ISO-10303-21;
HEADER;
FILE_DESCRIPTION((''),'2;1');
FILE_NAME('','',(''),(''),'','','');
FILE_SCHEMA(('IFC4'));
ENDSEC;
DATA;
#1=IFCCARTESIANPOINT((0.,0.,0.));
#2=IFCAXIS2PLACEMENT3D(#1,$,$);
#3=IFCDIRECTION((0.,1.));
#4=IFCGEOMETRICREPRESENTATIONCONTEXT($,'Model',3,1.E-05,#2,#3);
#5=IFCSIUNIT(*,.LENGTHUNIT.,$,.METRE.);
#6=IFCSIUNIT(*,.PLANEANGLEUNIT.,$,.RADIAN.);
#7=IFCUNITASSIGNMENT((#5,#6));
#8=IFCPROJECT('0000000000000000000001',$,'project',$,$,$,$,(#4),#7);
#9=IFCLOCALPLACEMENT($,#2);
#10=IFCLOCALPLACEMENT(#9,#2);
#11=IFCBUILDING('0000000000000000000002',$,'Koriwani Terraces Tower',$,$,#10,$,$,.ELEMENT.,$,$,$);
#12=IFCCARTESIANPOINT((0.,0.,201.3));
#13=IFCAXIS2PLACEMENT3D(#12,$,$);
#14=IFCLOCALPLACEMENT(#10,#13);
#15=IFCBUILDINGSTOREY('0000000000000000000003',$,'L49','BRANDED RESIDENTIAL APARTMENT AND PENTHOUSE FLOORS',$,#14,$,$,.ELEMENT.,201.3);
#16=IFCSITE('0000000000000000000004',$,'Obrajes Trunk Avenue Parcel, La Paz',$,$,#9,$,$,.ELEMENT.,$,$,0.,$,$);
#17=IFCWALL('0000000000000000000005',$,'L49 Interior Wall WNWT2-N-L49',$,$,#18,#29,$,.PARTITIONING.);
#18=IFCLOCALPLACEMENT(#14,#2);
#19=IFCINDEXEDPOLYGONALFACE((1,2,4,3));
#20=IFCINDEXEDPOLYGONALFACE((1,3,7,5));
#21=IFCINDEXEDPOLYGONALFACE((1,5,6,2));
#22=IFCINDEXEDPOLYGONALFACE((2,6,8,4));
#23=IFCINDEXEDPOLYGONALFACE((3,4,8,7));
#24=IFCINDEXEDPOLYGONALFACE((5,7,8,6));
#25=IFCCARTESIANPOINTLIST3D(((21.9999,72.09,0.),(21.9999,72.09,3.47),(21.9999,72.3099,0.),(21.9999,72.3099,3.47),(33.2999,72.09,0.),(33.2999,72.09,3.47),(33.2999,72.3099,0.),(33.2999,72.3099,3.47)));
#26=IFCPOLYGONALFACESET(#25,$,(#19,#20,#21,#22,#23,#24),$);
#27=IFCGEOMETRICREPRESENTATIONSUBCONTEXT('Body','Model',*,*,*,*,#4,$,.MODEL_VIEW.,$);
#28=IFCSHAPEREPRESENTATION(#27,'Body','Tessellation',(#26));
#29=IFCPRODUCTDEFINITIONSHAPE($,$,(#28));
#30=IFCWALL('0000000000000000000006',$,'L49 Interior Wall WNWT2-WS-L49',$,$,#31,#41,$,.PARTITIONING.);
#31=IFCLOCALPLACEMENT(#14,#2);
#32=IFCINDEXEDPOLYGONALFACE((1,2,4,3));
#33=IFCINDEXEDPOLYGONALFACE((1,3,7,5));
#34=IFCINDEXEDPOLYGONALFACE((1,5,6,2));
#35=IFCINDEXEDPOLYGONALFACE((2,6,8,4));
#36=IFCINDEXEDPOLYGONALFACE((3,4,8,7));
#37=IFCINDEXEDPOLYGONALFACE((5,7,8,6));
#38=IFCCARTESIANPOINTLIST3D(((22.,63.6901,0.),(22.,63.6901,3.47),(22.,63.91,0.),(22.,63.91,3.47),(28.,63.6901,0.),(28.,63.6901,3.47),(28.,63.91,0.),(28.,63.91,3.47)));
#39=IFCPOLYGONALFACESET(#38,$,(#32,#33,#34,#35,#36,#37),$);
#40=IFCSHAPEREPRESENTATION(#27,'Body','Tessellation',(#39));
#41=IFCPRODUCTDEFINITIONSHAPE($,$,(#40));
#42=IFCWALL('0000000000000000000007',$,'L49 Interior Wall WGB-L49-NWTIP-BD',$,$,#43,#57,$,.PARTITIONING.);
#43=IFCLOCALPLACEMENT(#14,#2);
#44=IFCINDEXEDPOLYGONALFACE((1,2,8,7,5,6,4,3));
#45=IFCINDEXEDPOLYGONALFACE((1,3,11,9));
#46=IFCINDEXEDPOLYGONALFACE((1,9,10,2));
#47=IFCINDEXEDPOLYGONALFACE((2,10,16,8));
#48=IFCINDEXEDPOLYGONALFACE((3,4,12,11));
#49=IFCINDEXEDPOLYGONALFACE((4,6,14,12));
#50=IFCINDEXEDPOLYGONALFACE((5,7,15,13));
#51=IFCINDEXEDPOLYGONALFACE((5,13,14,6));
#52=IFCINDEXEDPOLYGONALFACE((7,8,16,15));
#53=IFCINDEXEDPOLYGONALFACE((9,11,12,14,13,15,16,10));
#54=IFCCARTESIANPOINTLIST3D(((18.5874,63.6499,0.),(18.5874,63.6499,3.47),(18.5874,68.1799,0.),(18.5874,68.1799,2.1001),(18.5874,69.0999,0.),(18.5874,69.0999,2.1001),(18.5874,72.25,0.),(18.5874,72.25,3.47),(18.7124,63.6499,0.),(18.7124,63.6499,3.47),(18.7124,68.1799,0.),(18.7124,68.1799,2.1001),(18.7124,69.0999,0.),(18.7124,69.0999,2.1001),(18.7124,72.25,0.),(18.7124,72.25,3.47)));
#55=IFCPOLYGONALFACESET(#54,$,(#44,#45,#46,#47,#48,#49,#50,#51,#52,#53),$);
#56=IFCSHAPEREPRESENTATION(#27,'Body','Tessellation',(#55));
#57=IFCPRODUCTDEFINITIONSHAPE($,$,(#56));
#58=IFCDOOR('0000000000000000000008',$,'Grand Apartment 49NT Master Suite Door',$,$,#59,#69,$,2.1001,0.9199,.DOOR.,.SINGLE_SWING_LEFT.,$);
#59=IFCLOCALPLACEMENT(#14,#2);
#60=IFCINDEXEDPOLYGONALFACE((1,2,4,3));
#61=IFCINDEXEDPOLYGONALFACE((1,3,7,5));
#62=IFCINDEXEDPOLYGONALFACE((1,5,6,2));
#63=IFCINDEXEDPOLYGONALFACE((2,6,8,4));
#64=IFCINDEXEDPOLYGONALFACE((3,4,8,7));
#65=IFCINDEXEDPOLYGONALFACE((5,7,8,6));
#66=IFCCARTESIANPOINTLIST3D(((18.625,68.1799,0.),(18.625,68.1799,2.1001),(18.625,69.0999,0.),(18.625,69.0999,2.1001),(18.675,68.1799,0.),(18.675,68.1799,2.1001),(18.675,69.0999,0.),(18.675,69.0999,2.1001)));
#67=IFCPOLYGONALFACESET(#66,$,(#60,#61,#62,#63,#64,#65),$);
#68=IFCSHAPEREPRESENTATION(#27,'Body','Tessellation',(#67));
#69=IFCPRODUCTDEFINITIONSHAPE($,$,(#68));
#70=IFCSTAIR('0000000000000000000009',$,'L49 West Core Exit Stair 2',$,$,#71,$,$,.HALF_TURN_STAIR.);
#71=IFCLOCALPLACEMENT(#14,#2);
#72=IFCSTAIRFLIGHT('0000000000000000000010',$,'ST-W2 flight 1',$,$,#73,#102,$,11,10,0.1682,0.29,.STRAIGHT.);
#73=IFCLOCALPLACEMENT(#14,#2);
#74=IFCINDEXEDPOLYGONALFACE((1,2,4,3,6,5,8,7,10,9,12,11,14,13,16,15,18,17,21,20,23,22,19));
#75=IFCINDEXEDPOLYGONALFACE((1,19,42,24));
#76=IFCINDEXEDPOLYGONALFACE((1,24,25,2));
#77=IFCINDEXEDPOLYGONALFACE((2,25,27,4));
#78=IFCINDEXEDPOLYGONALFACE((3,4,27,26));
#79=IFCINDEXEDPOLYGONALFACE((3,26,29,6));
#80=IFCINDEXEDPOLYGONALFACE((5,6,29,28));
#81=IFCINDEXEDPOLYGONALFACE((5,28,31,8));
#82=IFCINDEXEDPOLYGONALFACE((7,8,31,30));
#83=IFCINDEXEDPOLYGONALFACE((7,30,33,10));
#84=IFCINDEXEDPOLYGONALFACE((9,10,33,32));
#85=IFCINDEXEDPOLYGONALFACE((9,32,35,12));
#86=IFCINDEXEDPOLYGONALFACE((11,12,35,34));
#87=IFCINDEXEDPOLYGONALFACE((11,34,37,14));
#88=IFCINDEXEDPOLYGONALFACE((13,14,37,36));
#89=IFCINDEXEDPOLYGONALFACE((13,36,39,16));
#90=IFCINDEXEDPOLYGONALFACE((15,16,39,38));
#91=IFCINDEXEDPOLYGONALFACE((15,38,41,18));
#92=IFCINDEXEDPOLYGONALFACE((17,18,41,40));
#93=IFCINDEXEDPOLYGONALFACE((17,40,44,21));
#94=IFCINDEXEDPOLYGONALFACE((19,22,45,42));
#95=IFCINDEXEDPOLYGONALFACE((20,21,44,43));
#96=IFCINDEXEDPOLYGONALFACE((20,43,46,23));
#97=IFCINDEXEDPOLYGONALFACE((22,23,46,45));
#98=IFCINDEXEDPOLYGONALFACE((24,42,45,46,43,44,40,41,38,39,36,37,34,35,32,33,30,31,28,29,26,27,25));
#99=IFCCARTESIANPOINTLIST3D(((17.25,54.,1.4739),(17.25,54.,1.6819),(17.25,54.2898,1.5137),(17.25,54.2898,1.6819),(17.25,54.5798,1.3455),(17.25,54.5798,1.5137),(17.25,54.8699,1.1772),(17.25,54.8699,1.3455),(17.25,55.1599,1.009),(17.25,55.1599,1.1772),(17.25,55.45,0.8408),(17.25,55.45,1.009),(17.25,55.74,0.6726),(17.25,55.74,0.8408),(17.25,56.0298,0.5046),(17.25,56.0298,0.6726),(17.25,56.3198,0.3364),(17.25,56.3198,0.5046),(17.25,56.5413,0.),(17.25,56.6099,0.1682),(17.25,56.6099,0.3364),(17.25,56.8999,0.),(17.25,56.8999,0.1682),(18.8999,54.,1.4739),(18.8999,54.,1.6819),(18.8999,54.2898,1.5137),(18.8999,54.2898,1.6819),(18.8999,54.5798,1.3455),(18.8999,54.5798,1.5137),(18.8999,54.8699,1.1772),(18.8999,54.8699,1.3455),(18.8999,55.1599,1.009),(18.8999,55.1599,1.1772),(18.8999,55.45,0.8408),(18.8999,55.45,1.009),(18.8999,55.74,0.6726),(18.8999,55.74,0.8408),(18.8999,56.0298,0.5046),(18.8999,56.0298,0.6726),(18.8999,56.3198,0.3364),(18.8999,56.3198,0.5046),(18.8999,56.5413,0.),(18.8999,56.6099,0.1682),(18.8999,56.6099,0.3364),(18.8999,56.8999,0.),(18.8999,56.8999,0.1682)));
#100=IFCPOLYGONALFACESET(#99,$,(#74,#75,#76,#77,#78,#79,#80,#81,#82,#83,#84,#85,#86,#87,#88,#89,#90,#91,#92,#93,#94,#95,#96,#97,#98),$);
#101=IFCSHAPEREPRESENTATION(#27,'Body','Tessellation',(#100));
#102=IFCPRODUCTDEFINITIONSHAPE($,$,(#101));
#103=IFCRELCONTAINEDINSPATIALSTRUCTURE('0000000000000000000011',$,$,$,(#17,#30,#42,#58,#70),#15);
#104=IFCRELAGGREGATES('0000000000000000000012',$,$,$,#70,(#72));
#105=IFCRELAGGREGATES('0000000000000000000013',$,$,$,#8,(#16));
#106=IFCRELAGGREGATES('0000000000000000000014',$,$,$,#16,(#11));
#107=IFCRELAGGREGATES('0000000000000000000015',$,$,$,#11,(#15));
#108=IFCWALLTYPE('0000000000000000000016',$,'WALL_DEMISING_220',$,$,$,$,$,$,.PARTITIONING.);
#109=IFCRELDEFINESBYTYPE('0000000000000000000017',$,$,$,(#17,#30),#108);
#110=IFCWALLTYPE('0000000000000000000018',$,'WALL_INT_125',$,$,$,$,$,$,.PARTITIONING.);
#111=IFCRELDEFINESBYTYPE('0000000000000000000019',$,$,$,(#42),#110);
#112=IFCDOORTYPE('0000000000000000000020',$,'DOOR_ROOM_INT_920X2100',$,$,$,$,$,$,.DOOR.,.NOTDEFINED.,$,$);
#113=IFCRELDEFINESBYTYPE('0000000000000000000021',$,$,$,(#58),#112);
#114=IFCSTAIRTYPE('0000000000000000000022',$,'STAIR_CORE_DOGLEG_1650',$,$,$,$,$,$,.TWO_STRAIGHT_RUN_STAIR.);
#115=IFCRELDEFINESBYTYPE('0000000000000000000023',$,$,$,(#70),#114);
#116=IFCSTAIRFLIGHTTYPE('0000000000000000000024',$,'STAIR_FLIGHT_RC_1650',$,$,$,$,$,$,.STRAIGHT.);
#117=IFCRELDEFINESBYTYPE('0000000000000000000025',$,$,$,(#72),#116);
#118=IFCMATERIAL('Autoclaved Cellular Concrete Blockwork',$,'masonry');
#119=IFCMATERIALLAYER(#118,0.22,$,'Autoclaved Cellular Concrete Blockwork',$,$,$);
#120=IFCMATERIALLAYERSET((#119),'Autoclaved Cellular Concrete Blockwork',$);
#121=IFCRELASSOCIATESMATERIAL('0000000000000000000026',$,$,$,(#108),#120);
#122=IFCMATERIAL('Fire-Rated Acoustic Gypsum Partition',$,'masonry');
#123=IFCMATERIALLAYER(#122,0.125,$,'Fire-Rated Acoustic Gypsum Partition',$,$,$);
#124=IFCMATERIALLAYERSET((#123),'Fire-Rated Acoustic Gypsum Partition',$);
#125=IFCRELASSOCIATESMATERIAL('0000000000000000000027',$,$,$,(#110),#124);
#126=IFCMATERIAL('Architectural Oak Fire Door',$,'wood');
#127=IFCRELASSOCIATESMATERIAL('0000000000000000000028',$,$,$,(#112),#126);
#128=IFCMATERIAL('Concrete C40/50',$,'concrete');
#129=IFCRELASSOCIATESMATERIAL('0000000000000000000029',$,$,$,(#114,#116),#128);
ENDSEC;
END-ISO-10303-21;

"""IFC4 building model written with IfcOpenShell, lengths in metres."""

from ifc_helpers import new_model, si_unit, direction, frame, frame_2d, origin, place, context, subcontext, project, spatial, polyline, rectangle, outline, extrude, material, layer, layer_set, type_object, element, fill, aggregate, save


model = new_model("IFC4")

# Units and contexts
model_context = context("Model", 3, precision=1e-05, world=origin(), true_north=direction((0.0, 1.0)))
body_context = subcontext(model_context, "Body", "Model", "MODEL_VIEW")
ifc_project = project(units=[si_unit("LENGTHUNIT", "METRE"), si_unit("PLANEANGLEUNIT", "RADIAN")], contexts=[model_context])

# Site, building, storey
site_placement = place(None, origin())
site = spatial("IfcSite", under=ifc_project, at=site_placement, Name="Obrajes Trunk Avenue Parcel, La Paz", CompositionType="ELEMENT", RefElevation=0.0)
building_placement = place(site_placement, origin())
building = spatial("IfcBuilding", under=site, at=building_placement, Name="Koriwani Terraces Tower", CompositionType="ELEMENT")
storey_placement = place(building_placement, frame((0.0, 0.0, 201.3)))
storey = spatial("IfcBuildingStorey", under=building, at=storey_placement, Name="L49", Description="BRANDED RESIDENTIAL APARTMENT AND PENTHOUSE FLOORS", CompositionType="ELEMENT", Elevation=201.3)

# Shared definitions
ifc_material_1 = material(Name="Concrete C40/50", Category="concrete")

# Walls
ifc_material_2 = material(Name="Autoclaved Cellular Concrete Blockwork", Category="masonry")
ifc_layer_1 = layer(ifc_material_2, 0.22, Name="Autoclaved Cellular Concrete Blockwork")
ifc_layer_set_1 = layer_set([ifc_layer_1], Name="Autoclaved Cellular Concrete Blockwork")
wall_type_1 = type_object("IfcWallType", Name="WALL_DEMISING_220", PredefinedType="PARTITIONING", material=ifc_layer_set_1)
wall_1_placement = place(storey_placement, frame((22.0, 72.2, 0.0), z_axis=(0.0, 0.0, 1.0), x_axis=(1.0, 0.0, 0.0)))
element("IfcWall", 1, at=wall_1_placement, inside=storey, type_object=wall_type_1, Name="L49 Interior Wall WNWT2-N-L49", PredefinedType="PARTITIONING", context=body_context, shape_type="SweptSolid", body=[
    extrude(rectangle(XDim=11.3, YDim=0.22, at=frame_2d((5.6499, 0.0))), origin(), (0.0, 0.0, 1.0), 3.47),
])
wall_2_placement = place(storey_placement, frame((22.0, 63.8, 0.0), z_axis=(0.0, 0.0, 1.0), x_axis=(1.0, 0.0, 0.0)))
element("IfcWall", 2, at=wall_2_placement, inside=storey, type_object=wall_type_1, Name="L49 Interior Wall WNWT2-WS-L49", PredefinedType="PARTITIONING", context=body_context, shape_type="SweptSolid", body=[
    extrude(rectangle(XDim=6.0, YDim=0.22, at=frame_2d((3.0, 0.0))), origin(), (0.0, 0.0, 1.0), 3.47),
])

# Wall, opening, door
ifc_material_3 = material(Name="Fire-Rated Acoustic Gypsum Partition", Category="masonry")
ifc_layer_2 = layer(ifc_material_3, 0.125, Name="Fire-Rated Acoustic Gypsum Partition")
ifc_layer_set_2 = layer_set([ifc_layer_2], Name="Fire-Rated Acoustic Gypsum Partition")
wall_type_2 = type_object("IfcWallType", Name="WALL_INT_125", PredefinedType="PARTITIONING", material=ifc_layer_set_2)
wall_3_placement = place(storey_placement, frame((18.6499, 63.6499, 0.0), z_axis=(0.0, 0.0, 1.0), x_axis=(0.0, 1.0, 0.0)))
wall_3 = element("IfcWall", 3, at=wall_3_placement, inside=storey, type_object=wall_type_2, Name="L49 Interior Wall WGB-L49-NWTIP-BD", PredefinedType="PARTITIONING", context=body_context, shape_type="SweptSolid", body=[
    extrude(rectangle(XDim=8.6001, YDim=0.125, at=frame_2d((4.3, 0.0))), origin(), (0.0, 0.0, 1.0), 3.47),
])
opening_1_placement = place(wall_3_placement, frame((4.53, 0.0, 0.0)))
opening_1 = element("IfcOpeningElement", 4, at=opening_1_placement, cuts=wall_3, PredefinedType="OPENING", context=body_context, shape_type="SweptSolid", body=[
    extrude(rectangle(XDim=0.9199, YDim=2.1001, at=frame_2d((0.46, 1.05))), frame((0.0, 0.0725, 0.0), z_axis=(0.0, -1.0, 0.0), x_axis=(1.0, 0.0, 0.0)), (0.0, 0.0, 1.0), 0.145),
])
ifc_material_4 = material(Name="Architectural Oak Fire Door", Category="wood")
door_type_1 = type_object("IfcDoorType", Name="DOOR_ROOM_INT_920X2100", OperationType="NOTDEFINED", PredefinedType="DOOR", material=ifc_material_4)
door_1_placement = place(opening_1_placement, origin())
door_1 = element("IfcDoor", 5, at=door_1_placement, inside=storey, type_object=door_type_1, Name="Grand Apartment 49NT Master Suite Door", OperationType="SINGLE_SWING_LEFT", OverallHeight=2.1001, OverallWidth=0.9199, PredefinedType="DOOR", context=body_context, shape_type="SweptSolid", body=[
    extrude(rectangle(XDim=0.9199, YDim=2.1001, at=frame_2d((0.46, 1.05))), frame((0.0, 0.0249, 0.0), z_axis=(0.0, -1.0, 0.0), x_axis=(1.0, 0.0, 0.0)), (0.0, 0.0, 1.0), 0.05),
])
fill(opening_1, door_1)

# Stair, stair flight
stair_type = type_object("IfcStairType", Name="STAIR_CORE_DOGLEG_1650", PredefinedType="TWO_STRAIGHT_RUN_STAIR", material=ifc_material_1)
stair_placement = place(storey_placement, origin())
stair = element("IfcStair", 6, at=stair_placement, inside=storey, type_object=stair_type, Name="L49 West Core Exit Stair 2", PredefinedType="HALF_TURN_STAIR")
stair_flight_type = type_object("IfcStairFlightType", Name="STAIR_FLIGHT_RC_1650", PredefinedType="STRAIGHT", material=ifc_material_1)
stair_flight_placement = place(storey_placement, frame((18.075, 56.8999, 0.0), z_axis=(0.0, 0.0, 1.0), x_axis=(0.0, -1.0, 0.0)))
stair_flight = element("IfcStairFlight", 7, at=stair_flight_placement, type_object=stair_flight_type, Name="ST-W2 flight 1", NumberOfRisers=11, NumberOfTreads=10, PredefinedType="STRAIGHT", RiserHeight=0.1682, TreadLength=0.29, context=body_context, shape_type="SweptSolid", body=[
    extrude(outline(polyline([(0.0, 0.0), (0.0, 0.1682), (0.29, 0.1682), (0.29, 0.3364), (0.5801, 0.3364), (0.5801, 0.5046), (0.8701, 0.5046), (0.8701, 0.6726), (1.1599, 0.6726), (1.1599, 0.8408), (1.45, 0.8408), (1.45, 1.009), (1.74, 1.009), (1.74, 1.1772), (2.03, 1.1772), (2.03, 1.3455), (2.3201, 1.3455), (2.3201, 1.5137), (2.6101, 1.5137), (2.6101, 1.6819), (2.8999, 1.6819), (2.8999, 1.8501), (2.8999, 1.4739), (0.3586, 0.0), (0.0, 0.0)])), frame((0.0, 0.825, 0.0), z_axis=(0.0, -1.0, 0.0), x_axis=(1.0, 0.0, 0.0)), (0.0, 0.0, 1.0), 1.6499),
])
aggregate(stair, [stair_flight])

save(model, "model.ifc")
